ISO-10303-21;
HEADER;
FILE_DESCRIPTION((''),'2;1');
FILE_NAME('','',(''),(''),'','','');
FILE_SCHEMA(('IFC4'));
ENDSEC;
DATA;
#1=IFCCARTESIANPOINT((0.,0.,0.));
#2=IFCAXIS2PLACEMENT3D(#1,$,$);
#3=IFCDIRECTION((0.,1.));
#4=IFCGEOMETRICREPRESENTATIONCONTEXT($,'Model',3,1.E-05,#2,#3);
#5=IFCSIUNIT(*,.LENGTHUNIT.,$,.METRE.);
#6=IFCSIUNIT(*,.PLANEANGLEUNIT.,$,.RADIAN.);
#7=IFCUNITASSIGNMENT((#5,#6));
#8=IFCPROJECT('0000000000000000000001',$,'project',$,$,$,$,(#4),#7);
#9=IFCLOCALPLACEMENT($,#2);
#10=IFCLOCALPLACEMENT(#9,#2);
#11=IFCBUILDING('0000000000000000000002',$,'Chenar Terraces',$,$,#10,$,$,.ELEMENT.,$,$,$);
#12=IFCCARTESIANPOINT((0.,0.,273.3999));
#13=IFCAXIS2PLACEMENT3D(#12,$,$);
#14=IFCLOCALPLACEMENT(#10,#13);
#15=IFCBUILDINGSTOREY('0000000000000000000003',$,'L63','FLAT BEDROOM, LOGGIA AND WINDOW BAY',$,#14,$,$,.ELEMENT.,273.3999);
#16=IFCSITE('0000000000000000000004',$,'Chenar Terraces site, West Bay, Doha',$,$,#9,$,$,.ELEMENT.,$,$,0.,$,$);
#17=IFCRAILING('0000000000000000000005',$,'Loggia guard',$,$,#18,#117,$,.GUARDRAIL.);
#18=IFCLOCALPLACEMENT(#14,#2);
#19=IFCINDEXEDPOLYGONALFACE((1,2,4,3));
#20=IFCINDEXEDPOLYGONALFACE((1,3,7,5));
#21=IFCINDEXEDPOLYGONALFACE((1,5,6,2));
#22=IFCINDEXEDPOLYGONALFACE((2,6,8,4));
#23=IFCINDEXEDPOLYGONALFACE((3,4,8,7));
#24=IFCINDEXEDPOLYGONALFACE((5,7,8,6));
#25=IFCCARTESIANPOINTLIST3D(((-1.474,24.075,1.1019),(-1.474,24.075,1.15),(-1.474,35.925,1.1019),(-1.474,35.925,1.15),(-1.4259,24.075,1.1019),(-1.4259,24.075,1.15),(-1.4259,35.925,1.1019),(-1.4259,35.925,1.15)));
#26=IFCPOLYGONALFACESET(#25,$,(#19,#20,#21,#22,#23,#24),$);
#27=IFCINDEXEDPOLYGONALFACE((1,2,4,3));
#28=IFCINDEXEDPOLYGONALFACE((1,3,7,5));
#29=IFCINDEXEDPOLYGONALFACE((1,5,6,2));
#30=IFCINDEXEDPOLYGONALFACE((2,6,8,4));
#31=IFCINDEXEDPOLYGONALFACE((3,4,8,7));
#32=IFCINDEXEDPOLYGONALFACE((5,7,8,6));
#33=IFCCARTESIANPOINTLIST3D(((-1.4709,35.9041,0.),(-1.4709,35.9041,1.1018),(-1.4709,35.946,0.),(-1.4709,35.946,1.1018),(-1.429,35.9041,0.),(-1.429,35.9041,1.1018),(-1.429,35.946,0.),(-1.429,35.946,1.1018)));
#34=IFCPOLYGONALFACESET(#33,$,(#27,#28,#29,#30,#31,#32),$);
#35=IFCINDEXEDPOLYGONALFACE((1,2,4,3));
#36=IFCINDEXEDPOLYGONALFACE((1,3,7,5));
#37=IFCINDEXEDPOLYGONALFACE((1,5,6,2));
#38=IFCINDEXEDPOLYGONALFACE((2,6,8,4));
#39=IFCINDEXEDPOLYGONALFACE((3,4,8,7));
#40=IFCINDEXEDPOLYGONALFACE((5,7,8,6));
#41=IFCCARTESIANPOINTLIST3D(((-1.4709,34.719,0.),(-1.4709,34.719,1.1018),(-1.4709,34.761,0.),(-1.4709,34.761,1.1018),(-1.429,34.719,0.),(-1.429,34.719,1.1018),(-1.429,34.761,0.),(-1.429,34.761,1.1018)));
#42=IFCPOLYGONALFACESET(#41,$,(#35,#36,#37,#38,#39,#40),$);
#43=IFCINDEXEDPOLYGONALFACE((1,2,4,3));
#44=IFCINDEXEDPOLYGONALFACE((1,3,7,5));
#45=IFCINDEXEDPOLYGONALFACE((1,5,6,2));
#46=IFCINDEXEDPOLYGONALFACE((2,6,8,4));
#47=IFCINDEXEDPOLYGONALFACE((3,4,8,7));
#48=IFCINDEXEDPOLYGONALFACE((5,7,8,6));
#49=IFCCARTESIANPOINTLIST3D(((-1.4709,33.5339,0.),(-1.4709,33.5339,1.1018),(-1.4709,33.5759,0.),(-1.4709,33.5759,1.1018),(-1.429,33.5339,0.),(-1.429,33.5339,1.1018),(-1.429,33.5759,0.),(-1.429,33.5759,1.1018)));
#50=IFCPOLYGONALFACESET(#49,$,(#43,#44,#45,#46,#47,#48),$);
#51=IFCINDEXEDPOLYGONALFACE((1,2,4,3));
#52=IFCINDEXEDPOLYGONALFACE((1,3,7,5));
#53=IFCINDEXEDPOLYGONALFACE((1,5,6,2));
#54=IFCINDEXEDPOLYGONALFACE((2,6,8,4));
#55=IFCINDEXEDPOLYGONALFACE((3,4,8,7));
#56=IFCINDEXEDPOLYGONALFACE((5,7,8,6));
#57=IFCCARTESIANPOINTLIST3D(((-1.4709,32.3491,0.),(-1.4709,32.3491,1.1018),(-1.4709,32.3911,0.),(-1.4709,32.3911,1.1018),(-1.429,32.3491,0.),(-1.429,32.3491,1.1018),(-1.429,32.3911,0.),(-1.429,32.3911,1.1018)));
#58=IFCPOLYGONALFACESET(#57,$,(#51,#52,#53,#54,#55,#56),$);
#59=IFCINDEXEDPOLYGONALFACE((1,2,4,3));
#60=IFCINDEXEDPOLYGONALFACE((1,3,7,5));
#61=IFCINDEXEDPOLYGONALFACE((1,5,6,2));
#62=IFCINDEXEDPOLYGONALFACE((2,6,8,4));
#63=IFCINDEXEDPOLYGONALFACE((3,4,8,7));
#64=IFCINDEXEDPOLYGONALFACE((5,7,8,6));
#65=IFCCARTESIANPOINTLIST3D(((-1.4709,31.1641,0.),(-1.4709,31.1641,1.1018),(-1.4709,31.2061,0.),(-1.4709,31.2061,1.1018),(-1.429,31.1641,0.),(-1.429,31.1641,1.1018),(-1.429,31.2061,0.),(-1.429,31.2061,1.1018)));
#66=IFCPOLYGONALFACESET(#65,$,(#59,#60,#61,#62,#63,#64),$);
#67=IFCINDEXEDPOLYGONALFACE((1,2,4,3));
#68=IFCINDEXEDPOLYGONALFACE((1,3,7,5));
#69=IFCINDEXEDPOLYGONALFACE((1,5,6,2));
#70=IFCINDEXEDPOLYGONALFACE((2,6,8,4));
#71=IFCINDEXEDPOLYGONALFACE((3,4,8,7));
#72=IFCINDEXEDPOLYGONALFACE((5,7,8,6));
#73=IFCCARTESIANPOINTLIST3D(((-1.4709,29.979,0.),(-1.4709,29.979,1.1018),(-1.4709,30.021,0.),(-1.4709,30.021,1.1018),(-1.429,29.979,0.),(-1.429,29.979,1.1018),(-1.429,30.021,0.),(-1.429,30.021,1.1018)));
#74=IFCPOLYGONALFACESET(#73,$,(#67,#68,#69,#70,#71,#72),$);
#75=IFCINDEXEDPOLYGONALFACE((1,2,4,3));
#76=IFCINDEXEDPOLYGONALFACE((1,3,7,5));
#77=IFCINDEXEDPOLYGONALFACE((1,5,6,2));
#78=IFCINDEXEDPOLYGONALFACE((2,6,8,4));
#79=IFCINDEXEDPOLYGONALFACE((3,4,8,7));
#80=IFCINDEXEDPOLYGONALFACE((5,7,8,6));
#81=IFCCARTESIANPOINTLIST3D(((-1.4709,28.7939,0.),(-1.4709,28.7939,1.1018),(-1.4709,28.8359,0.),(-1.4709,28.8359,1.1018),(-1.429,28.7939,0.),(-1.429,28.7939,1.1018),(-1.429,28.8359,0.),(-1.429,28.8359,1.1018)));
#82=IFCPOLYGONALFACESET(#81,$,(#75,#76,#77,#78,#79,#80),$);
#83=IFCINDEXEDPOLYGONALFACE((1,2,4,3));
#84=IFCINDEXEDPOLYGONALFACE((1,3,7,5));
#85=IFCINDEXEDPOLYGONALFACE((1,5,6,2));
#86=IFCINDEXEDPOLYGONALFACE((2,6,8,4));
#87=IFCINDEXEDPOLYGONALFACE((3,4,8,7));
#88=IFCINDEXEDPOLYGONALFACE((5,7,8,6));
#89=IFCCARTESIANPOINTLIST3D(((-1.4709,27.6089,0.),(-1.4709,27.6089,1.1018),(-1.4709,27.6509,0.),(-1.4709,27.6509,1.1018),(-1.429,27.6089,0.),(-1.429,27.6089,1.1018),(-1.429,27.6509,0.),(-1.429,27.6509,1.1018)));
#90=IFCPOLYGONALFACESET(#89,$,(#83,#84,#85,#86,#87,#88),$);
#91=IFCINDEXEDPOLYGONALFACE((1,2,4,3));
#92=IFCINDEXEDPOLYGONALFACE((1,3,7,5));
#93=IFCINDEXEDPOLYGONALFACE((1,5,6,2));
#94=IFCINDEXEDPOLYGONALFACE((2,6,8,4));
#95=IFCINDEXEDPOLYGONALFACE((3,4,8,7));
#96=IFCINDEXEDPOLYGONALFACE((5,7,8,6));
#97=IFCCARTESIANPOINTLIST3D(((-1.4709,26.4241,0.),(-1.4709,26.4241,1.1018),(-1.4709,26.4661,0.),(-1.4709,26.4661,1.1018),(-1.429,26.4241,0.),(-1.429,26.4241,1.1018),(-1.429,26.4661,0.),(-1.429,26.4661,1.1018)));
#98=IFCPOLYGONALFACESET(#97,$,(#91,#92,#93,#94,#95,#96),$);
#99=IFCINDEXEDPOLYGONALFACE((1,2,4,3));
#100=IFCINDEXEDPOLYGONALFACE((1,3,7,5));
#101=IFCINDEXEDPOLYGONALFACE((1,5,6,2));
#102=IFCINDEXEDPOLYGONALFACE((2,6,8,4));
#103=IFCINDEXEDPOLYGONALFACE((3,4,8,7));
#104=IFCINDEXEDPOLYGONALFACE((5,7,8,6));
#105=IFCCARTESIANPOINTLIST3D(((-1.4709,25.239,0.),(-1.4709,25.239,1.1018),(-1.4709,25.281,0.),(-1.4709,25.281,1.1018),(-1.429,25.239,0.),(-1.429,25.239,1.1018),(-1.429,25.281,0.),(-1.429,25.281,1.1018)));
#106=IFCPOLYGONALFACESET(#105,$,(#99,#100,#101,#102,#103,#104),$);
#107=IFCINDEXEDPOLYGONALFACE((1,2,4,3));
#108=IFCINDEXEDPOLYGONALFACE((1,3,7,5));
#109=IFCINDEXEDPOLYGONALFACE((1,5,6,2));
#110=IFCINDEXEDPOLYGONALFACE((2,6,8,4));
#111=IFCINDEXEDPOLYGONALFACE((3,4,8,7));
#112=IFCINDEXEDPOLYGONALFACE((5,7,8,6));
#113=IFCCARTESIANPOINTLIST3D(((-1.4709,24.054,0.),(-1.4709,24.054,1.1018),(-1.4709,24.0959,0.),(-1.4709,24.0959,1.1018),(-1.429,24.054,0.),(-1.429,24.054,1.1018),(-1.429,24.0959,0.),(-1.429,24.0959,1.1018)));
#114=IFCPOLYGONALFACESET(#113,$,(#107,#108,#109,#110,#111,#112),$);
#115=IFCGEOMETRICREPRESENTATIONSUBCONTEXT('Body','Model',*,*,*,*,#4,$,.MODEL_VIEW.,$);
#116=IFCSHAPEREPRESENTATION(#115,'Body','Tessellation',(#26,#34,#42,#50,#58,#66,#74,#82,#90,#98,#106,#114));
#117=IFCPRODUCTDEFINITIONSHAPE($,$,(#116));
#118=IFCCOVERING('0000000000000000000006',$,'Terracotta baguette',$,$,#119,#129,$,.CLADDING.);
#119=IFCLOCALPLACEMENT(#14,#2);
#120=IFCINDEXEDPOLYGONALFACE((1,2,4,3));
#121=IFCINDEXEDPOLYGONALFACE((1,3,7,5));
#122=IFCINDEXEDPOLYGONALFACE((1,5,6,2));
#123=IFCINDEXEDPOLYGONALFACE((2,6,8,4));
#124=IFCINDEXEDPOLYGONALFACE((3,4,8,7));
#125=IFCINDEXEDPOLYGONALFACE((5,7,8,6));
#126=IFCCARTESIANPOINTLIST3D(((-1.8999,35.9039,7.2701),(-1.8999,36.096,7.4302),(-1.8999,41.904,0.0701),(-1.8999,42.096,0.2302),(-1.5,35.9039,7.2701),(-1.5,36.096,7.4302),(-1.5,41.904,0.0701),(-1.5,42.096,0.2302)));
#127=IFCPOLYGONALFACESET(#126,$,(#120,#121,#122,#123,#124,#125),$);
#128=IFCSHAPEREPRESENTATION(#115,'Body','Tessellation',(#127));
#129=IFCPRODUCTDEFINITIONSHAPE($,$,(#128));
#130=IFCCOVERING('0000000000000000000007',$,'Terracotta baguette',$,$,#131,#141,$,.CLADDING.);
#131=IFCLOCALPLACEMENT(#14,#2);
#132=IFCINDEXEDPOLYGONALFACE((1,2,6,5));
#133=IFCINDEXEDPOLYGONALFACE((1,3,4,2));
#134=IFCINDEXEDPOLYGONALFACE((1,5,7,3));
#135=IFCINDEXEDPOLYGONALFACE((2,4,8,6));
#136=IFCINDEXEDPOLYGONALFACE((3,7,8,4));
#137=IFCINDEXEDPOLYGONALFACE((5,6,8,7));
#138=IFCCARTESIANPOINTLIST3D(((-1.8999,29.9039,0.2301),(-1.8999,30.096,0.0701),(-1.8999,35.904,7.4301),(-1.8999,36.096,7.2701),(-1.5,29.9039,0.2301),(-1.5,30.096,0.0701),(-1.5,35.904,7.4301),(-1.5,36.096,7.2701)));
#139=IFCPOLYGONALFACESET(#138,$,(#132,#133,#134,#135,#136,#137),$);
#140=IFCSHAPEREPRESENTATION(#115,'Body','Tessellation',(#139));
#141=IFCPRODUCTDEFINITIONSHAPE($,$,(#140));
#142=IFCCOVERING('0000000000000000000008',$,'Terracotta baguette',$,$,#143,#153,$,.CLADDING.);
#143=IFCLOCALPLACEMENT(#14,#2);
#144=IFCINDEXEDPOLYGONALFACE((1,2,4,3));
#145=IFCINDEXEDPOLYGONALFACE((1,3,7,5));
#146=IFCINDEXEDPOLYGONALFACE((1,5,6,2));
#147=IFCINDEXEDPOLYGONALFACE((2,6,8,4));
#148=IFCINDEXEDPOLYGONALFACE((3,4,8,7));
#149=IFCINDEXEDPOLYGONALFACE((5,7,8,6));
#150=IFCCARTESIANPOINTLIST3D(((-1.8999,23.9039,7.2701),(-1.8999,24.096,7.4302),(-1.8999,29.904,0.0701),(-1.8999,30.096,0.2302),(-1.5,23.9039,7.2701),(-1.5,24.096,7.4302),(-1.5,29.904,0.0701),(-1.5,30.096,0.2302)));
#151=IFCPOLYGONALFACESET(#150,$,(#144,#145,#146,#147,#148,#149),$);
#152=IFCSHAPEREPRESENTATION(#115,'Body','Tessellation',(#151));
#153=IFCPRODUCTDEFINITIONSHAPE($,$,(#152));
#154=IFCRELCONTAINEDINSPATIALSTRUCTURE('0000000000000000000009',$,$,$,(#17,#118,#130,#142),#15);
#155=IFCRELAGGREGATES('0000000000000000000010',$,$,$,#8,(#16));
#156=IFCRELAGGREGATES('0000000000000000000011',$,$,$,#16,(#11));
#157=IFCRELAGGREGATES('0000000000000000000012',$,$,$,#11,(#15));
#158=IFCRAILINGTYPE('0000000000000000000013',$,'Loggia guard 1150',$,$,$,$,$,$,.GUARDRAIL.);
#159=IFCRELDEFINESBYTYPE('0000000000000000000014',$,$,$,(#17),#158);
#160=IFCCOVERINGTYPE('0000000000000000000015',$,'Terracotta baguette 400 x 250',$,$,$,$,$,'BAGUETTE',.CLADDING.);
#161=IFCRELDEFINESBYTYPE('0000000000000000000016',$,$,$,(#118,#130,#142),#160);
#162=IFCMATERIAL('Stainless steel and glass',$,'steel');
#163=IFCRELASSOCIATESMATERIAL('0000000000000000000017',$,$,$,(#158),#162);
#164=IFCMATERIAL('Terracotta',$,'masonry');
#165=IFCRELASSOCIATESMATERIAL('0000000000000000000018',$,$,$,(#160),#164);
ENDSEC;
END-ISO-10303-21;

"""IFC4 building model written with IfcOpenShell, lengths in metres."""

from ifc_helpers import new_model, si_unit, direction, frame, origin, origin_2d, place, context, subcontext, project, spatial, rectangle, extrude, material, material_profile, profile_set, type_object, element, save


model = new_model("IFC4")

# Units and contexts
model_context = context("Model", 3, precision=1e-05, world=origin(), true_north=direction((0.0, 1.0)))
body_context = subcontext(model_context, "Body", "Model", "MODEL_VIEW")
ifc_project = project(units=[si_unit("LENGTHUNIT", "METRE"), si_unit("PLANEANGLEUNIT", "RADIAN")], contexts=[model_context])

# Site, building, storey
site_placement = place(None, origin())
site = spatial("IfcSite", under=ifc_project, at=site_placement, Name="Chenar Terraces site, West Bay, Doha", CompositionType="ELEMENT", RefElevation=0.0)
building_placement = place(site_placement, origin())
building = spatial("IfcBuilding", under=site, at=building_placement, Name="Chenar Terraces", CompositionType="ELEMENT")
storey_placement = place(building_placement, frame((0.0, 0.0, 273.3999)))
storey = spatial("IfcBuildingStorey", under=building, at=storey_placement, Name="L63", Description="FLAT BEDROOM, LOGGIA AND WINDOW BAY", CompositionType="ELEMENT", Elevation=273.3999)

# Railing
ifc_material_1 = material(Name="Stainless steel and glass", Category="steel")
railing_type = type_object("IfcRailingType", Name="Loggia guard 1150", PredefinedType="GUARDRAIL", material=ifc_material_1)
railing_placement = place(storey_placement, frame((-1.45, 35.925, 0.0)))
element("IfcRailing", 1, at=railing_placement, inside=storey, type_object=railing_type, Name="Loggia guard", PredefinedType="GUARDRAIL", context=body_context, shape_type="SweptSolid", body=[
    extrude(rectangle(XDim=0.0481, YDim=0.0481, at=origin_2d()), frame((0.0, 0.0, 1.126), z_axis=(0.0, -1.0, 0.0), x_axis=(1.0, 0.0, 0.0)), (0.0, 0.0, 1.0), 11.8501),
    extrude(rectangle(XDim=0.042, YDim=0.042, at=origin_2d()), origin(), (0.0, 0.0, 1.0), 1.1018),
    extrude(rectangle(XDim=0.042, YDim=0.042, at=origin_2d()), frame((0.0, -1.1851, 0.0)), (0.0, 0.0, 1.0), 1.1018),
    extrude(rectangle(XDim=0.042, YDim=0.042, at=origin_2d()), frame((0.0, -2.3701, 0.0)), (0.0, 0.0, 1.0), 1.1018),
    extrude(rectangle(XDim=0.042, YDim=0.042, at=origin_2d()), frame((0.0, -3.5549, 0.0)), (0.0, 0.0, 1.0), 1.1018),
    extrude(rectangle(XDim=0.042, YDim=0.042, at=origin_2d()), frame((0.0, -4.74, 0.0)), (0.0, 0.0, 1.0), 1.1018),
    extrude(rectangle(XDim=0.042, YDim=0.042, at=origin_2d()), frame((0.0, -5.925, 0.0)), (0.0, 0.0, 1.0), 1.1018),
    extrude(rectangle(XDim=0.042, YDim=0.042, at=origin_2d()), frame((0.0, -7.1101, 0.0)), (0.0, 0.0, 1.0), 1.1018),
    extrude(rectangle(XDim=0.042, YDim=0.042, at=origin_2d()), frame((0.0, -8.2952, 0.0)), (0.0, 0.0, 1.0), 1.1018),
    extrude(rectangle(XDim=0.042, YDim=0.042, at=origin_2d()), frame((0.0, -9.48, 0.0)), (0.0, 0.0, 1.0), 1.1018),
    extrude(rectangle(XDim=0.042, YDim=0.042, at=origin_2d()), frame((0.0, -10.665, 0.0)), (0.0, 0.0, 1.0), 1.1018),
    extrude(rectangle(XDim=0.042, YDim=0.042, at=origin_2d()), frame((0.0, -11.8501, 0.0)), (0.0, 0.0, 1.0), 1.1018),
])

# Coverings
ifc_material_2 = material(Name="Terracotta", Category="masonry")
ifc_material_profile_1 = material_profile(ifc_material_2, rectangle(XDim=0.3999, YDim=0.25, at=origin_2d()), Name="Terracotta baguette 400 x 250")
ifc_profile_set_1 = profile_set([ifc_material_profile_1], Name="Terracotta")
covering_type = type_object("IfcCoveringType", Name="Terracotta baguette 400 x 250", ElementType="BAGUETTE", PredefinedType="CLADDING", material=ifc_profile_set_1)
for number, where, z_axis, x_axis, name in (
    (2, (-1.7, 42.0, 0.1501), (0.0, -0.640187, 0.768219), (1.0, 0.0, 0.0), "Terracotta baguette"),
    (3, (-1.7, 36.0, 7.3501), (0.0, -0.640187, -0.768219), (1.0, 0.0, 0.0), "Terracotta baguette"),
    (4, (-1.7, 30.0, 0.1501), (0.0, -0.640187, 0.768219), (1.0, 0.0, 0.0), "Terracotta baguette"),
):
    element("IfcCovering", number, at=place(storey_placement, frame(where, z_axis=z_axis, x_axis=x_axis)), inside=storey, type_object=covering_type, Name=name, PredefinedType="CLADDING", context=body_context, shape_type="SweptSolid", body=[
        extrude(rectangle(XDim=0.3999, YDim=0.25, at=origin_2d()), origin(), (0.0, 0.0, 1.0), 9.3723),
    ])

save(model, "model.ifc")
